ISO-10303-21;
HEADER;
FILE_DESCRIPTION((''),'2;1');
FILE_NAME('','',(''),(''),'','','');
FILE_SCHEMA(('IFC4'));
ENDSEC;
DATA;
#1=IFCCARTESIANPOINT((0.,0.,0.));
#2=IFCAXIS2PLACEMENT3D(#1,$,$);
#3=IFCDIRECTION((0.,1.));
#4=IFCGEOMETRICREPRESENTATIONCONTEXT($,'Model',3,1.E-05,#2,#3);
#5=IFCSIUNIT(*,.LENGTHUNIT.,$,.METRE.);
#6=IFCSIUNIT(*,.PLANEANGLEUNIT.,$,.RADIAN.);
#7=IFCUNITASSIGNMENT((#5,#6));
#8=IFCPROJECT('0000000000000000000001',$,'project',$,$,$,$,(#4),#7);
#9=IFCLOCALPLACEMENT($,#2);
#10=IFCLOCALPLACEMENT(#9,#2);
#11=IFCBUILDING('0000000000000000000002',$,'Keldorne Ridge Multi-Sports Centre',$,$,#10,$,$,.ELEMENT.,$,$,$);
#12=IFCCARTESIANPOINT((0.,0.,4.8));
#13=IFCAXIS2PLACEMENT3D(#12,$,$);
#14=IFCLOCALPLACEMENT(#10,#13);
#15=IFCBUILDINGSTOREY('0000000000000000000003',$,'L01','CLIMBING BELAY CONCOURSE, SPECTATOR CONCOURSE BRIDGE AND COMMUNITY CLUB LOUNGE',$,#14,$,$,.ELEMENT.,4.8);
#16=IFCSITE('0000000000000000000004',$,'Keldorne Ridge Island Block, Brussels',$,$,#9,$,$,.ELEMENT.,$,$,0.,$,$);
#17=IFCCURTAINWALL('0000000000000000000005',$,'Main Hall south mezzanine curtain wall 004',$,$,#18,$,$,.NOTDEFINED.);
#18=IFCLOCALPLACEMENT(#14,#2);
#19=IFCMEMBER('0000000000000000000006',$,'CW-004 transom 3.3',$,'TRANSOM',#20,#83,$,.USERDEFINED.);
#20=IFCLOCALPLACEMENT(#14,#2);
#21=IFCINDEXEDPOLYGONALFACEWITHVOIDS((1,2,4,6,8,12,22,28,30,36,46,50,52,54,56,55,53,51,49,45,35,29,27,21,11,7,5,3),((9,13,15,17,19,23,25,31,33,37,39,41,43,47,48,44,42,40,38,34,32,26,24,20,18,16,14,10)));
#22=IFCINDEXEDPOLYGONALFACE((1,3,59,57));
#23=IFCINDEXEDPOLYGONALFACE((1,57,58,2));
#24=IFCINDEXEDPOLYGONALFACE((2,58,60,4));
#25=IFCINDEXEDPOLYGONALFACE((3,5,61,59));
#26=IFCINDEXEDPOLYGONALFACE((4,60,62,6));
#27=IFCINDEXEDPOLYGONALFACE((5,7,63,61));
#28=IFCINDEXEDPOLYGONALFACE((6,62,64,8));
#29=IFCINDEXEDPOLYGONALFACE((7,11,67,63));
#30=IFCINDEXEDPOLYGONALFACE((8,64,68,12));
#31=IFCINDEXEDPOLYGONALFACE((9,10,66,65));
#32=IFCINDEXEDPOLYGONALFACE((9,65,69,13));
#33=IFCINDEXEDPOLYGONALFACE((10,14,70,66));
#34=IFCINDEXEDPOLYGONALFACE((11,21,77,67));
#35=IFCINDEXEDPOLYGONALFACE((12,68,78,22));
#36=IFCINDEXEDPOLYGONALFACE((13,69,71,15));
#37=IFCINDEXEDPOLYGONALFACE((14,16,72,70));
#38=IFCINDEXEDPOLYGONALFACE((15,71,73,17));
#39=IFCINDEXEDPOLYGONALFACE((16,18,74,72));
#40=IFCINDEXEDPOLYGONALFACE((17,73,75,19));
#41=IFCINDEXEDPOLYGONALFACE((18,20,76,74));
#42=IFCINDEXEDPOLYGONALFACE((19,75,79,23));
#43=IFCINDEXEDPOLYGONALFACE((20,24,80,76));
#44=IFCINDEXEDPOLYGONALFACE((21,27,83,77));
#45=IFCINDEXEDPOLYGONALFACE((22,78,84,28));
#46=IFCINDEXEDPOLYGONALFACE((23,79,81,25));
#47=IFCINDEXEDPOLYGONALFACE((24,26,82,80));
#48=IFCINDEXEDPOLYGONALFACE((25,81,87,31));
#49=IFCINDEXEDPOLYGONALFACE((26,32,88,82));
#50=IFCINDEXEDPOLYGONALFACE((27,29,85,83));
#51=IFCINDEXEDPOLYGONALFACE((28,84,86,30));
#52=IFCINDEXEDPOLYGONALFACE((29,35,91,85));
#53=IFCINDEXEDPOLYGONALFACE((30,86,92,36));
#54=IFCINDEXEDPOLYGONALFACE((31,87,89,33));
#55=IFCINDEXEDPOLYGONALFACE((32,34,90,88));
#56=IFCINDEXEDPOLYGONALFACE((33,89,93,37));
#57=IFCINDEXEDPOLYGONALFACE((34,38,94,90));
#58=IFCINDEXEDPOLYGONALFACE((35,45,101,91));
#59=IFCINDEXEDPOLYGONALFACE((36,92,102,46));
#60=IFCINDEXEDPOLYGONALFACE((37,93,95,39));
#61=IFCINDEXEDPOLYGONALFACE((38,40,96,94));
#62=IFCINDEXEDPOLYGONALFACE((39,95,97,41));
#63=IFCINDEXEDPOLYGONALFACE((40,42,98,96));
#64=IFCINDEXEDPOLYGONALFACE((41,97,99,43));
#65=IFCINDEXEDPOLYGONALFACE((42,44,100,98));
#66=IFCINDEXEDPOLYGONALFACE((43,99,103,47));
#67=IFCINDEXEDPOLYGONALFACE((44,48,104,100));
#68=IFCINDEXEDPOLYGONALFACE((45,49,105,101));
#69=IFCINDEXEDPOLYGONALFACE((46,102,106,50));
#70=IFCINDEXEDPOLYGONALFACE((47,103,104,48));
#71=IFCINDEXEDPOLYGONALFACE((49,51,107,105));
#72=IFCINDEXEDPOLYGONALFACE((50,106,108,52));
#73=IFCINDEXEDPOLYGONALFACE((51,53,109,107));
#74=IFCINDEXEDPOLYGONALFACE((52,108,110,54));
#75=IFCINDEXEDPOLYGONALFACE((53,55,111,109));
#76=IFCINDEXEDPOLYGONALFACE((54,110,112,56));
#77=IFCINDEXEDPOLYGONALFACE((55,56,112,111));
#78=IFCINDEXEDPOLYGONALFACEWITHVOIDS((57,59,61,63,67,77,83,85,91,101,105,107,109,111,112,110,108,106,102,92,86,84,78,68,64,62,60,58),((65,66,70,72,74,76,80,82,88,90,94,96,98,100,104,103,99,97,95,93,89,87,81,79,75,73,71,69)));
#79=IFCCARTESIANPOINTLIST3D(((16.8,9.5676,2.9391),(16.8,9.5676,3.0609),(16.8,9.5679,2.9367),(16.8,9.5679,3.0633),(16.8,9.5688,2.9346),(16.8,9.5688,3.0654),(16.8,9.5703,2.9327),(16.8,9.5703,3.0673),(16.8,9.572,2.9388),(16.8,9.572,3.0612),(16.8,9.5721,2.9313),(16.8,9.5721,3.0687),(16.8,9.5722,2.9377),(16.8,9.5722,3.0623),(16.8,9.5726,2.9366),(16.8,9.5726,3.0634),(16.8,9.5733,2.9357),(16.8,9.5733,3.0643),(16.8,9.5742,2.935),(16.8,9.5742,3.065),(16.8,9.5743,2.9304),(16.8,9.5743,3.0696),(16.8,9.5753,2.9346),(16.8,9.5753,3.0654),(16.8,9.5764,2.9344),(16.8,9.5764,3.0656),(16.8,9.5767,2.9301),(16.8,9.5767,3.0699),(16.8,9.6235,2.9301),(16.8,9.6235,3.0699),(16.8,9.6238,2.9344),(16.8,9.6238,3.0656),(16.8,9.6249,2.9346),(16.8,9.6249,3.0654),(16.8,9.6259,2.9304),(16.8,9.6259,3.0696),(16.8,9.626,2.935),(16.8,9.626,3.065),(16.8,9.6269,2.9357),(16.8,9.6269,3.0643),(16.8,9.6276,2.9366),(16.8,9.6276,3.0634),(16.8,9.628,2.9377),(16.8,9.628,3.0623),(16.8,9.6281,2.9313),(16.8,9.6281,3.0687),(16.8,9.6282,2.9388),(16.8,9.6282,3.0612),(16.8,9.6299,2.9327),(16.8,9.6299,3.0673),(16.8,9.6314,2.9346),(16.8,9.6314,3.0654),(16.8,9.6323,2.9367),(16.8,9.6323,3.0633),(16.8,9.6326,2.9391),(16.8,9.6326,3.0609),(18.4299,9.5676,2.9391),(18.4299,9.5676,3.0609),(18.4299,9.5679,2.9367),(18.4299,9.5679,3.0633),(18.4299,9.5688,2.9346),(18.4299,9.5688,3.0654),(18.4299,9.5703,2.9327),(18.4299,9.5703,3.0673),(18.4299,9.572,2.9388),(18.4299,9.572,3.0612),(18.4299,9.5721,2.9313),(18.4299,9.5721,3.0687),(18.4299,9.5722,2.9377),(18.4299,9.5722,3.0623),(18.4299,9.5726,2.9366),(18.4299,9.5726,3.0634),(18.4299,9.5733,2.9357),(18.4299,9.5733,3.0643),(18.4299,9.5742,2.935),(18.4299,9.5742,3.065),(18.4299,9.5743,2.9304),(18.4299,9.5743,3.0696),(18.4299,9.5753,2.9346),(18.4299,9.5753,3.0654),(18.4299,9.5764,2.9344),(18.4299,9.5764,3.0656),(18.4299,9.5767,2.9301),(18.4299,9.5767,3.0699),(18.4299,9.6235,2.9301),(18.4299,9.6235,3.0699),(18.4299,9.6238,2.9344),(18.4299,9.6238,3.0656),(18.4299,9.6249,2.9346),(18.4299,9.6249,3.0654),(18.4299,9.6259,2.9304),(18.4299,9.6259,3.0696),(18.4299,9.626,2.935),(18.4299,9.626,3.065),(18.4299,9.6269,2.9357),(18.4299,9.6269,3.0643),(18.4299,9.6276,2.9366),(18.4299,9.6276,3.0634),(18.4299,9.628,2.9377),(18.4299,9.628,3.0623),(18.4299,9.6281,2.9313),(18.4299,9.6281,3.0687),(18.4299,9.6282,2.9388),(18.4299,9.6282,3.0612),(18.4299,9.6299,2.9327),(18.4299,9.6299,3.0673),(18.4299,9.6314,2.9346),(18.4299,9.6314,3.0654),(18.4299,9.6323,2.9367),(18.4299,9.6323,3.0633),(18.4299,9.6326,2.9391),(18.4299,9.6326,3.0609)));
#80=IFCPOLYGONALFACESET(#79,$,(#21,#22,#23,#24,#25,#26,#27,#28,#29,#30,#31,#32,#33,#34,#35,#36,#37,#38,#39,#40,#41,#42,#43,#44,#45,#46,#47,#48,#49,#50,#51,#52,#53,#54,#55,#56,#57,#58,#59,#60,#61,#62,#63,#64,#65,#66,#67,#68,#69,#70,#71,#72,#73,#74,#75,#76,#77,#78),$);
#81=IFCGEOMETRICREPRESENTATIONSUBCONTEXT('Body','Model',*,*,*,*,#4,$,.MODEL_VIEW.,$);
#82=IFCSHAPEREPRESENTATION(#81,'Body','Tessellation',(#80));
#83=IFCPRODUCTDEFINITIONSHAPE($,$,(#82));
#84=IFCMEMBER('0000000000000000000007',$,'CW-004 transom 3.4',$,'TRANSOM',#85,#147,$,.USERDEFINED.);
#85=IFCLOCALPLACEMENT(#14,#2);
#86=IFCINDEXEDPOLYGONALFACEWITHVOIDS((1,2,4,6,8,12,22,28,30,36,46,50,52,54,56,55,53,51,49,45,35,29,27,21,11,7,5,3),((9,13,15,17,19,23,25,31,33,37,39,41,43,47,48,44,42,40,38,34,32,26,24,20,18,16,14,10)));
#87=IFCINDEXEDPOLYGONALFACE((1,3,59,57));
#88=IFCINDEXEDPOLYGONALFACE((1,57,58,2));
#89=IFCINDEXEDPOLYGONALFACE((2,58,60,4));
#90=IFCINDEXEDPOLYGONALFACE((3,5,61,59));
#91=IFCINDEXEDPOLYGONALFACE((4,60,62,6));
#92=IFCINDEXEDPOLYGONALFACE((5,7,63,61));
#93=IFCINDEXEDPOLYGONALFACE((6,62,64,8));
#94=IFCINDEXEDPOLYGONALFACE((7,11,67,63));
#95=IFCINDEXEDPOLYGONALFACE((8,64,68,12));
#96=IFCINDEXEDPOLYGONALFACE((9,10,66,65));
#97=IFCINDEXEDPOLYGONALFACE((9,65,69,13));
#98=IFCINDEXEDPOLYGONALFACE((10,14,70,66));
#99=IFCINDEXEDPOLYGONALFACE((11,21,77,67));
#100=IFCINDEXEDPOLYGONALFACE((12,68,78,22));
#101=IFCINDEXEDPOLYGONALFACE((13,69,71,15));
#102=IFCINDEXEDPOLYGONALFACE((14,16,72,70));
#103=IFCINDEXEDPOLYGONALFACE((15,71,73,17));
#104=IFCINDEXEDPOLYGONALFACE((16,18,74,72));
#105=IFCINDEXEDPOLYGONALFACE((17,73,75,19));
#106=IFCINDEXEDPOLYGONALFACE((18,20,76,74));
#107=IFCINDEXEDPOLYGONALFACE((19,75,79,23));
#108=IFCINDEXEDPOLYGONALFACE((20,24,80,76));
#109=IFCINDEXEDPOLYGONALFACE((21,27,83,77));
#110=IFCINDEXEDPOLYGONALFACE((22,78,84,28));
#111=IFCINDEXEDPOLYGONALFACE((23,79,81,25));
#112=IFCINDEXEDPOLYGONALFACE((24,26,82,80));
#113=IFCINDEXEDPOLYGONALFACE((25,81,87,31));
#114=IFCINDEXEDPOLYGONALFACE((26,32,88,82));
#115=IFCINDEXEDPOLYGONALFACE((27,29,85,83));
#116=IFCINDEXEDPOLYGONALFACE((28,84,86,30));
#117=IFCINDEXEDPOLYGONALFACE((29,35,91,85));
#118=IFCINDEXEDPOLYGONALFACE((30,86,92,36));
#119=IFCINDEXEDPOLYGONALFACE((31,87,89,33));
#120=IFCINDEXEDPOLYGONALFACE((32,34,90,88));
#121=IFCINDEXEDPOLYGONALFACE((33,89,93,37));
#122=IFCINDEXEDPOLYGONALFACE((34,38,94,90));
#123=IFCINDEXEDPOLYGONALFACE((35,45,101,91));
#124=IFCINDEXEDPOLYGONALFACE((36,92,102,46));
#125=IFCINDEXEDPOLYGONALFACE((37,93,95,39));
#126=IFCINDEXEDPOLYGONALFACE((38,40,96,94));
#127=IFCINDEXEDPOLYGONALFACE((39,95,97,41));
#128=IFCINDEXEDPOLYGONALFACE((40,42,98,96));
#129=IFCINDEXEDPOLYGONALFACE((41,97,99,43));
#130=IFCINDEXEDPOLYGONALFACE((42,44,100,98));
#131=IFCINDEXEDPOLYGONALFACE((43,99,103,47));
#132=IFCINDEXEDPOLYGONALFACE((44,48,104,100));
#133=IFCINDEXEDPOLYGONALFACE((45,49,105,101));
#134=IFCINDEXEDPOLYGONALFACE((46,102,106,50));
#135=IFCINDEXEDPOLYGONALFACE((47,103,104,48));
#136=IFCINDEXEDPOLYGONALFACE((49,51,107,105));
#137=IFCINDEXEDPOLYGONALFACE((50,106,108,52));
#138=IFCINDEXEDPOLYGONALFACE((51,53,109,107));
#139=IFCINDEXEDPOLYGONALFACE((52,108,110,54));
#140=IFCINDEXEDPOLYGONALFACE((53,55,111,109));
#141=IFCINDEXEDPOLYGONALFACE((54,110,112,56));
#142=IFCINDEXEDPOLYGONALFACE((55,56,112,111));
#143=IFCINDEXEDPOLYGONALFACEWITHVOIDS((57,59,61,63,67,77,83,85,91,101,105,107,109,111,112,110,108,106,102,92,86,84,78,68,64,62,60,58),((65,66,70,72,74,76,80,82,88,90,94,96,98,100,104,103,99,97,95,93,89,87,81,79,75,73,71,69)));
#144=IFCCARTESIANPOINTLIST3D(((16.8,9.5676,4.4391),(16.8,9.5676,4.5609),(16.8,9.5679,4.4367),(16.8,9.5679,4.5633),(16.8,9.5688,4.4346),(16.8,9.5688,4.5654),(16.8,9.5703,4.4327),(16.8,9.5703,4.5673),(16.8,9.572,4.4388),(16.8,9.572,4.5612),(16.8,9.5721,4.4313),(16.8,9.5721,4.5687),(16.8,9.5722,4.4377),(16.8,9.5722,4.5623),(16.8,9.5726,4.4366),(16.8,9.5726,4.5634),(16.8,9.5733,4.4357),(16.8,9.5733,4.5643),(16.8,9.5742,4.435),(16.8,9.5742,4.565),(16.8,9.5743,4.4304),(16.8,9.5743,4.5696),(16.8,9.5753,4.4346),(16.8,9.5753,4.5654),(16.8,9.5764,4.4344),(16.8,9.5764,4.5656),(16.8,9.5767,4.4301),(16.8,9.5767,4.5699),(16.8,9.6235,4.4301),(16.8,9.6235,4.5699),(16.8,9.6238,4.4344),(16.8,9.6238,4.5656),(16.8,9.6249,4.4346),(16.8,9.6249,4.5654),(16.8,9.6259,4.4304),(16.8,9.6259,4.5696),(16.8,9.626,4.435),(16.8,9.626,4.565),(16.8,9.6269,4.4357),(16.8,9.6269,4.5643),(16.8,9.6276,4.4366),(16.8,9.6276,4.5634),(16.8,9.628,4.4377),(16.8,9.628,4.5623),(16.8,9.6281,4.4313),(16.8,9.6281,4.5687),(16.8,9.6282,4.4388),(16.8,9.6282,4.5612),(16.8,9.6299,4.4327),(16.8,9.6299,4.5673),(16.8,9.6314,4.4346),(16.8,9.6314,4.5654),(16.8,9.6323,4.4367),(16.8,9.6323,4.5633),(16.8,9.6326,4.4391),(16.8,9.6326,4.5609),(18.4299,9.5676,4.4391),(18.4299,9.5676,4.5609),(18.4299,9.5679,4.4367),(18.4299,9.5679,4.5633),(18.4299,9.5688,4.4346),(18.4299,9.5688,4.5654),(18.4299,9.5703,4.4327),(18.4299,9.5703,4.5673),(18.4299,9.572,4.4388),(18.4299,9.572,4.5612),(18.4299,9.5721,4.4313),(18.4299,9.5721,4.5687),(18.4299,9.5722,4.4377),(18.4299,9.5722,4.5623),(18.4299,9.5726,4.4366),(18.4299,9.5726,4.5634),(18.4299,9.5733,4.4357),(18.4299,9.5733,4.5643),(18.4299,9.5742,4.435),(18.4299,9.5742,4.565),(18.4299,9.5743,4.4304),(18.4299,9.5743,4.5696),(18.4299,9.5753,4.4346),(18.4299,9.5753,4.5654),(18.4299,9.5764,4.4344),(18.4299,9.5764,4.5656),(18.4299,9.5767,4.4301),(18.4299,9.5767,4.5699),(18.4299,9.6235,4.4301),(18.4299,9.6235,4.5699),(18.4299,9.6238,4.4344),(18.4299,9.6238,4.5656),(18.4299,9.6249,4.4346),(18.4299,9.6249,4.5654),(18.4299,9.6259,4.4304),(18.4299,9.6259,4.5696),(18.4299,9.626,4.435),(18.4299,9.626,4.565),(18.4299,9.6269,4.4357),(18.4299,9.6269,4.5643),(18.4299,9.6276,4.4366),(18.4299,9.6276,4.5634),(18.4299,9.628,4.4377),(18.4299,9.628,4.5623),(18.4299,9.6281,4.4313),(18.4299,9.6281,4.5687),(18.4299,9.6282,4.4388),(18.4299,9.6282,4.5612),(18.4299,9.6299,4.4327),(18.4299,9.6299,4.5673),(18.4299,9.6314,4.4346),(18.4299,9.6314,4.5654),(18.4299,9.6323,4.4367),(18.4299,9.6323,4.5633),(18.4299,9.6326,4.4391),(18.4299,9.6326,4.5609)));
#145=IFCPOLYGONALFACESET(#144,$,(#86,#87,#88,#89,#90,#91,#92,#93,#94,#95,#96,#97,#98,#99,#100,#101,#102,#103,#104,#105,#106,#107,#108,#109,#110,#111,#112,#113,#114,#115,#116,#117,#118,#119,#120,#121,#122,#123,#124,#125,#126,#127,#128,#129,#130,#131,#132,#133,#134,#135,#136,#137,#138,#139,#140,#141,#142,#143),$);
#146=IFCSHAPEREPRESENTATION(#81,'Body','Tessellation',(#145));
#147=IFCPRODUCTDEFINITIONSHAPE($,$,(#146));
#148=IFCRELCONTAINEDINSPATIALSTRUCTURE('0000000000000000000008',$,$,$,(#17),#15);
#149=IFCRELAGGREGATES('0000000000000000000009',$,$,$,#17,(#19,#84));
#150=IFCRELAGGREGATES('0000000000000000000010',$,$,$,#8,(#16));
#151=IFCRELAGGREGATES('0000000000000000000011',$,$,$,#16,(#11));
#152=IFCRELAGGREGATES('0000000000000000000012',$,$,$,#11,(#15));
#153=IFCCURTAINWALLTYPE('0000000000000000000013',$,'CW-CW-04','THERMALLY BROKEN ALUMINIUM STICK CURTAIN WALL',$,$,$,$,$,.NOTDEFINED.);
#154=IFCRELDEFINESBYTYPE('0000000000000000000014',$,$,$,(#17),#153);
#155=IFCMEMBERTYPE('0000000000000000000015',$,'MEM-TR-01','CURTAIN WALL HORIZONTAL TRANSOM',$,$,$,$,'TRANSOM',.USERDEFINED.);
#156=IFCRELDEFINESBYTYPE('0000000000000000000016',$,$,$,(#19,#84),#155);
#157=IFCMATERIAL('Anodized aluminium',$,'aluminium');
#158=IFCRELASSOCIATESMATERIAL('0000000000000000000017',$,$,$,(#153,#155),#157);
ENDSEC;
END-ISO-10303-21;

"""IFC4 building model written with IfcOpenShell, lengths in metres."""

from ifc_helpers import new_model, si_unit, direction, frame, origin, origin_2d, place, context, subcontext, project, spatial, hollow_rectangle, extrude, material, material_profile, profile_set, type_object, element, aggregate, save


model = new_model("IFC4")

# Units and contexts
model_context = context("Model", 3, precision=1e-05, world=origin(), true_north=direction((0.0, 1.0)))
body_context = subcontext(model_context, "Body", "Model", "MODEL_VIEW")
ifc_project = project(units=[si_unit("LENGTHUNIT", "METRE"), si_unit("PLANEANGLEUNIT", "RADIAN")], contexts=[model_context])

# Site, building, storey
site_placement = place(None, origin())
site = spatial("IfcSite", under=ifc_project, at=site_placement, Name="Keldorne Ridge Island Block, Brussels", CompositionType="ELEMENT", RefElevation=0.0)
building_placement = place(site_placement, origin())
building = spatial("IfcBuilding", under=site, at=building_placement, Name="Keldorne Ridge Multi-Sports Centre", CompositionType="ELEMENT")
storey_placement = place(building_placement, frame((0.0, 0.0, 4.8)))
storey = spatial("IfcBuildingStorey", under=building, at=storey_placement, Name="L01", Description="CLIMBING BELAY CONCOURSE, SPECTATOR CONCOURSE BRIDGE AND COMMUNITY CLUB LOUNGE", CompositionType="ELEMENT", Elevation=4.8)

# Curtain wall, members
ifc_material_1 = material(Name="Anodized aluminium", Category="aluminium")
curtain_wall_type_1 = type_object("IfcCurtainWallType", Name="CW-CW-04", Description="THERMALLY BROKEN ALUMINIUM STICK CURTAIN WALL", PredefinedType="NOTDEFINED", material=ifc_material_1)
curtain_wall_1_placement = place(storey_placement, origin())
curtain_wall_1 = element("IfcCurtainWall", 1, at=curtain_wall_1_placement, inside=storey, type_object=curtain_wall_type_1, Name="Main Hall south mezzanine curtain wall 004", PredefinedType="NOTDEFINED")
ifc_material_profile_1 = material_profile(ifc_material_1, hollow_rectangle(XDim=0.0649, YDim=0.1399, WallThickness=0.0044, InnerFilletRadius=0.0044, OuterFilletRadius=0.009, at=origin_2d()), Name="ALU TRANSOM 140x65x4.5")
ifc_profile_set_1 = profile_set([ifc_material_profile_1], Name="Anodized aluminium")
member_type = type_object("IfcMemberType", Name="MEM-TR-01", Description="CURTAIN WALL HORIZONTAL TRANSOM", ElementType="TRANSOM", PredefinedType="USERDEFINED", material=ifc_profile_set_1)
member_1_placement = place(storey_placement, frame((16.8, 9.6001, 3.0), z_axis=(1.0, 0.0, 0.0), x_axis=(0.0, 1.0, 0.0)))
member_1 = element("IfcMember", 2, at=member_1_placement, type_object=member_type, Name="CW-004 transom 3.3", ObjectType="TRANSOM", PredefinedType="USERDEFINED", context=body_context, shape_type="SweptSolid", body=[
    extrude(hollow_rectangle(XDim=0.0649, YDim=0.1399, WallThickness=0.0044, InnerFilletRadius=0.0044, OuterFilletRadius=0.009, at=origin_2d()), origin(), (0.0, 0.0, 1.0), 1.6299),
])
member_2_placement = place(storey_placement, frame((16.8, 9.6001, 4.5), z_axis=(1.0, 0.0, 0.0), x_axis=(0.0, 1.0, 0.0)))
member_2 = element("IfcMember", 3, at=member_2_placement, type_object=member_type, Name="CW-004 transom 3.4", ObjectType="TRANSOM", PredefinedType="USERDEFINED", context=body_context, shape_type="SweptSolid", body=[
    extrude(hollow_rectangle(XDim=0.0649, YDim=0.1399, WallThickness=0.0044, InnerFilletRadius=0.0044, OuterFilletRadius=0.009, at=origin_2d()), origin(), (0.0, 0.0, 1.0), 1.6299),
])

aggregate(curtain_wall_1, [member_1, member_2])

save(model, "model.ifc")
